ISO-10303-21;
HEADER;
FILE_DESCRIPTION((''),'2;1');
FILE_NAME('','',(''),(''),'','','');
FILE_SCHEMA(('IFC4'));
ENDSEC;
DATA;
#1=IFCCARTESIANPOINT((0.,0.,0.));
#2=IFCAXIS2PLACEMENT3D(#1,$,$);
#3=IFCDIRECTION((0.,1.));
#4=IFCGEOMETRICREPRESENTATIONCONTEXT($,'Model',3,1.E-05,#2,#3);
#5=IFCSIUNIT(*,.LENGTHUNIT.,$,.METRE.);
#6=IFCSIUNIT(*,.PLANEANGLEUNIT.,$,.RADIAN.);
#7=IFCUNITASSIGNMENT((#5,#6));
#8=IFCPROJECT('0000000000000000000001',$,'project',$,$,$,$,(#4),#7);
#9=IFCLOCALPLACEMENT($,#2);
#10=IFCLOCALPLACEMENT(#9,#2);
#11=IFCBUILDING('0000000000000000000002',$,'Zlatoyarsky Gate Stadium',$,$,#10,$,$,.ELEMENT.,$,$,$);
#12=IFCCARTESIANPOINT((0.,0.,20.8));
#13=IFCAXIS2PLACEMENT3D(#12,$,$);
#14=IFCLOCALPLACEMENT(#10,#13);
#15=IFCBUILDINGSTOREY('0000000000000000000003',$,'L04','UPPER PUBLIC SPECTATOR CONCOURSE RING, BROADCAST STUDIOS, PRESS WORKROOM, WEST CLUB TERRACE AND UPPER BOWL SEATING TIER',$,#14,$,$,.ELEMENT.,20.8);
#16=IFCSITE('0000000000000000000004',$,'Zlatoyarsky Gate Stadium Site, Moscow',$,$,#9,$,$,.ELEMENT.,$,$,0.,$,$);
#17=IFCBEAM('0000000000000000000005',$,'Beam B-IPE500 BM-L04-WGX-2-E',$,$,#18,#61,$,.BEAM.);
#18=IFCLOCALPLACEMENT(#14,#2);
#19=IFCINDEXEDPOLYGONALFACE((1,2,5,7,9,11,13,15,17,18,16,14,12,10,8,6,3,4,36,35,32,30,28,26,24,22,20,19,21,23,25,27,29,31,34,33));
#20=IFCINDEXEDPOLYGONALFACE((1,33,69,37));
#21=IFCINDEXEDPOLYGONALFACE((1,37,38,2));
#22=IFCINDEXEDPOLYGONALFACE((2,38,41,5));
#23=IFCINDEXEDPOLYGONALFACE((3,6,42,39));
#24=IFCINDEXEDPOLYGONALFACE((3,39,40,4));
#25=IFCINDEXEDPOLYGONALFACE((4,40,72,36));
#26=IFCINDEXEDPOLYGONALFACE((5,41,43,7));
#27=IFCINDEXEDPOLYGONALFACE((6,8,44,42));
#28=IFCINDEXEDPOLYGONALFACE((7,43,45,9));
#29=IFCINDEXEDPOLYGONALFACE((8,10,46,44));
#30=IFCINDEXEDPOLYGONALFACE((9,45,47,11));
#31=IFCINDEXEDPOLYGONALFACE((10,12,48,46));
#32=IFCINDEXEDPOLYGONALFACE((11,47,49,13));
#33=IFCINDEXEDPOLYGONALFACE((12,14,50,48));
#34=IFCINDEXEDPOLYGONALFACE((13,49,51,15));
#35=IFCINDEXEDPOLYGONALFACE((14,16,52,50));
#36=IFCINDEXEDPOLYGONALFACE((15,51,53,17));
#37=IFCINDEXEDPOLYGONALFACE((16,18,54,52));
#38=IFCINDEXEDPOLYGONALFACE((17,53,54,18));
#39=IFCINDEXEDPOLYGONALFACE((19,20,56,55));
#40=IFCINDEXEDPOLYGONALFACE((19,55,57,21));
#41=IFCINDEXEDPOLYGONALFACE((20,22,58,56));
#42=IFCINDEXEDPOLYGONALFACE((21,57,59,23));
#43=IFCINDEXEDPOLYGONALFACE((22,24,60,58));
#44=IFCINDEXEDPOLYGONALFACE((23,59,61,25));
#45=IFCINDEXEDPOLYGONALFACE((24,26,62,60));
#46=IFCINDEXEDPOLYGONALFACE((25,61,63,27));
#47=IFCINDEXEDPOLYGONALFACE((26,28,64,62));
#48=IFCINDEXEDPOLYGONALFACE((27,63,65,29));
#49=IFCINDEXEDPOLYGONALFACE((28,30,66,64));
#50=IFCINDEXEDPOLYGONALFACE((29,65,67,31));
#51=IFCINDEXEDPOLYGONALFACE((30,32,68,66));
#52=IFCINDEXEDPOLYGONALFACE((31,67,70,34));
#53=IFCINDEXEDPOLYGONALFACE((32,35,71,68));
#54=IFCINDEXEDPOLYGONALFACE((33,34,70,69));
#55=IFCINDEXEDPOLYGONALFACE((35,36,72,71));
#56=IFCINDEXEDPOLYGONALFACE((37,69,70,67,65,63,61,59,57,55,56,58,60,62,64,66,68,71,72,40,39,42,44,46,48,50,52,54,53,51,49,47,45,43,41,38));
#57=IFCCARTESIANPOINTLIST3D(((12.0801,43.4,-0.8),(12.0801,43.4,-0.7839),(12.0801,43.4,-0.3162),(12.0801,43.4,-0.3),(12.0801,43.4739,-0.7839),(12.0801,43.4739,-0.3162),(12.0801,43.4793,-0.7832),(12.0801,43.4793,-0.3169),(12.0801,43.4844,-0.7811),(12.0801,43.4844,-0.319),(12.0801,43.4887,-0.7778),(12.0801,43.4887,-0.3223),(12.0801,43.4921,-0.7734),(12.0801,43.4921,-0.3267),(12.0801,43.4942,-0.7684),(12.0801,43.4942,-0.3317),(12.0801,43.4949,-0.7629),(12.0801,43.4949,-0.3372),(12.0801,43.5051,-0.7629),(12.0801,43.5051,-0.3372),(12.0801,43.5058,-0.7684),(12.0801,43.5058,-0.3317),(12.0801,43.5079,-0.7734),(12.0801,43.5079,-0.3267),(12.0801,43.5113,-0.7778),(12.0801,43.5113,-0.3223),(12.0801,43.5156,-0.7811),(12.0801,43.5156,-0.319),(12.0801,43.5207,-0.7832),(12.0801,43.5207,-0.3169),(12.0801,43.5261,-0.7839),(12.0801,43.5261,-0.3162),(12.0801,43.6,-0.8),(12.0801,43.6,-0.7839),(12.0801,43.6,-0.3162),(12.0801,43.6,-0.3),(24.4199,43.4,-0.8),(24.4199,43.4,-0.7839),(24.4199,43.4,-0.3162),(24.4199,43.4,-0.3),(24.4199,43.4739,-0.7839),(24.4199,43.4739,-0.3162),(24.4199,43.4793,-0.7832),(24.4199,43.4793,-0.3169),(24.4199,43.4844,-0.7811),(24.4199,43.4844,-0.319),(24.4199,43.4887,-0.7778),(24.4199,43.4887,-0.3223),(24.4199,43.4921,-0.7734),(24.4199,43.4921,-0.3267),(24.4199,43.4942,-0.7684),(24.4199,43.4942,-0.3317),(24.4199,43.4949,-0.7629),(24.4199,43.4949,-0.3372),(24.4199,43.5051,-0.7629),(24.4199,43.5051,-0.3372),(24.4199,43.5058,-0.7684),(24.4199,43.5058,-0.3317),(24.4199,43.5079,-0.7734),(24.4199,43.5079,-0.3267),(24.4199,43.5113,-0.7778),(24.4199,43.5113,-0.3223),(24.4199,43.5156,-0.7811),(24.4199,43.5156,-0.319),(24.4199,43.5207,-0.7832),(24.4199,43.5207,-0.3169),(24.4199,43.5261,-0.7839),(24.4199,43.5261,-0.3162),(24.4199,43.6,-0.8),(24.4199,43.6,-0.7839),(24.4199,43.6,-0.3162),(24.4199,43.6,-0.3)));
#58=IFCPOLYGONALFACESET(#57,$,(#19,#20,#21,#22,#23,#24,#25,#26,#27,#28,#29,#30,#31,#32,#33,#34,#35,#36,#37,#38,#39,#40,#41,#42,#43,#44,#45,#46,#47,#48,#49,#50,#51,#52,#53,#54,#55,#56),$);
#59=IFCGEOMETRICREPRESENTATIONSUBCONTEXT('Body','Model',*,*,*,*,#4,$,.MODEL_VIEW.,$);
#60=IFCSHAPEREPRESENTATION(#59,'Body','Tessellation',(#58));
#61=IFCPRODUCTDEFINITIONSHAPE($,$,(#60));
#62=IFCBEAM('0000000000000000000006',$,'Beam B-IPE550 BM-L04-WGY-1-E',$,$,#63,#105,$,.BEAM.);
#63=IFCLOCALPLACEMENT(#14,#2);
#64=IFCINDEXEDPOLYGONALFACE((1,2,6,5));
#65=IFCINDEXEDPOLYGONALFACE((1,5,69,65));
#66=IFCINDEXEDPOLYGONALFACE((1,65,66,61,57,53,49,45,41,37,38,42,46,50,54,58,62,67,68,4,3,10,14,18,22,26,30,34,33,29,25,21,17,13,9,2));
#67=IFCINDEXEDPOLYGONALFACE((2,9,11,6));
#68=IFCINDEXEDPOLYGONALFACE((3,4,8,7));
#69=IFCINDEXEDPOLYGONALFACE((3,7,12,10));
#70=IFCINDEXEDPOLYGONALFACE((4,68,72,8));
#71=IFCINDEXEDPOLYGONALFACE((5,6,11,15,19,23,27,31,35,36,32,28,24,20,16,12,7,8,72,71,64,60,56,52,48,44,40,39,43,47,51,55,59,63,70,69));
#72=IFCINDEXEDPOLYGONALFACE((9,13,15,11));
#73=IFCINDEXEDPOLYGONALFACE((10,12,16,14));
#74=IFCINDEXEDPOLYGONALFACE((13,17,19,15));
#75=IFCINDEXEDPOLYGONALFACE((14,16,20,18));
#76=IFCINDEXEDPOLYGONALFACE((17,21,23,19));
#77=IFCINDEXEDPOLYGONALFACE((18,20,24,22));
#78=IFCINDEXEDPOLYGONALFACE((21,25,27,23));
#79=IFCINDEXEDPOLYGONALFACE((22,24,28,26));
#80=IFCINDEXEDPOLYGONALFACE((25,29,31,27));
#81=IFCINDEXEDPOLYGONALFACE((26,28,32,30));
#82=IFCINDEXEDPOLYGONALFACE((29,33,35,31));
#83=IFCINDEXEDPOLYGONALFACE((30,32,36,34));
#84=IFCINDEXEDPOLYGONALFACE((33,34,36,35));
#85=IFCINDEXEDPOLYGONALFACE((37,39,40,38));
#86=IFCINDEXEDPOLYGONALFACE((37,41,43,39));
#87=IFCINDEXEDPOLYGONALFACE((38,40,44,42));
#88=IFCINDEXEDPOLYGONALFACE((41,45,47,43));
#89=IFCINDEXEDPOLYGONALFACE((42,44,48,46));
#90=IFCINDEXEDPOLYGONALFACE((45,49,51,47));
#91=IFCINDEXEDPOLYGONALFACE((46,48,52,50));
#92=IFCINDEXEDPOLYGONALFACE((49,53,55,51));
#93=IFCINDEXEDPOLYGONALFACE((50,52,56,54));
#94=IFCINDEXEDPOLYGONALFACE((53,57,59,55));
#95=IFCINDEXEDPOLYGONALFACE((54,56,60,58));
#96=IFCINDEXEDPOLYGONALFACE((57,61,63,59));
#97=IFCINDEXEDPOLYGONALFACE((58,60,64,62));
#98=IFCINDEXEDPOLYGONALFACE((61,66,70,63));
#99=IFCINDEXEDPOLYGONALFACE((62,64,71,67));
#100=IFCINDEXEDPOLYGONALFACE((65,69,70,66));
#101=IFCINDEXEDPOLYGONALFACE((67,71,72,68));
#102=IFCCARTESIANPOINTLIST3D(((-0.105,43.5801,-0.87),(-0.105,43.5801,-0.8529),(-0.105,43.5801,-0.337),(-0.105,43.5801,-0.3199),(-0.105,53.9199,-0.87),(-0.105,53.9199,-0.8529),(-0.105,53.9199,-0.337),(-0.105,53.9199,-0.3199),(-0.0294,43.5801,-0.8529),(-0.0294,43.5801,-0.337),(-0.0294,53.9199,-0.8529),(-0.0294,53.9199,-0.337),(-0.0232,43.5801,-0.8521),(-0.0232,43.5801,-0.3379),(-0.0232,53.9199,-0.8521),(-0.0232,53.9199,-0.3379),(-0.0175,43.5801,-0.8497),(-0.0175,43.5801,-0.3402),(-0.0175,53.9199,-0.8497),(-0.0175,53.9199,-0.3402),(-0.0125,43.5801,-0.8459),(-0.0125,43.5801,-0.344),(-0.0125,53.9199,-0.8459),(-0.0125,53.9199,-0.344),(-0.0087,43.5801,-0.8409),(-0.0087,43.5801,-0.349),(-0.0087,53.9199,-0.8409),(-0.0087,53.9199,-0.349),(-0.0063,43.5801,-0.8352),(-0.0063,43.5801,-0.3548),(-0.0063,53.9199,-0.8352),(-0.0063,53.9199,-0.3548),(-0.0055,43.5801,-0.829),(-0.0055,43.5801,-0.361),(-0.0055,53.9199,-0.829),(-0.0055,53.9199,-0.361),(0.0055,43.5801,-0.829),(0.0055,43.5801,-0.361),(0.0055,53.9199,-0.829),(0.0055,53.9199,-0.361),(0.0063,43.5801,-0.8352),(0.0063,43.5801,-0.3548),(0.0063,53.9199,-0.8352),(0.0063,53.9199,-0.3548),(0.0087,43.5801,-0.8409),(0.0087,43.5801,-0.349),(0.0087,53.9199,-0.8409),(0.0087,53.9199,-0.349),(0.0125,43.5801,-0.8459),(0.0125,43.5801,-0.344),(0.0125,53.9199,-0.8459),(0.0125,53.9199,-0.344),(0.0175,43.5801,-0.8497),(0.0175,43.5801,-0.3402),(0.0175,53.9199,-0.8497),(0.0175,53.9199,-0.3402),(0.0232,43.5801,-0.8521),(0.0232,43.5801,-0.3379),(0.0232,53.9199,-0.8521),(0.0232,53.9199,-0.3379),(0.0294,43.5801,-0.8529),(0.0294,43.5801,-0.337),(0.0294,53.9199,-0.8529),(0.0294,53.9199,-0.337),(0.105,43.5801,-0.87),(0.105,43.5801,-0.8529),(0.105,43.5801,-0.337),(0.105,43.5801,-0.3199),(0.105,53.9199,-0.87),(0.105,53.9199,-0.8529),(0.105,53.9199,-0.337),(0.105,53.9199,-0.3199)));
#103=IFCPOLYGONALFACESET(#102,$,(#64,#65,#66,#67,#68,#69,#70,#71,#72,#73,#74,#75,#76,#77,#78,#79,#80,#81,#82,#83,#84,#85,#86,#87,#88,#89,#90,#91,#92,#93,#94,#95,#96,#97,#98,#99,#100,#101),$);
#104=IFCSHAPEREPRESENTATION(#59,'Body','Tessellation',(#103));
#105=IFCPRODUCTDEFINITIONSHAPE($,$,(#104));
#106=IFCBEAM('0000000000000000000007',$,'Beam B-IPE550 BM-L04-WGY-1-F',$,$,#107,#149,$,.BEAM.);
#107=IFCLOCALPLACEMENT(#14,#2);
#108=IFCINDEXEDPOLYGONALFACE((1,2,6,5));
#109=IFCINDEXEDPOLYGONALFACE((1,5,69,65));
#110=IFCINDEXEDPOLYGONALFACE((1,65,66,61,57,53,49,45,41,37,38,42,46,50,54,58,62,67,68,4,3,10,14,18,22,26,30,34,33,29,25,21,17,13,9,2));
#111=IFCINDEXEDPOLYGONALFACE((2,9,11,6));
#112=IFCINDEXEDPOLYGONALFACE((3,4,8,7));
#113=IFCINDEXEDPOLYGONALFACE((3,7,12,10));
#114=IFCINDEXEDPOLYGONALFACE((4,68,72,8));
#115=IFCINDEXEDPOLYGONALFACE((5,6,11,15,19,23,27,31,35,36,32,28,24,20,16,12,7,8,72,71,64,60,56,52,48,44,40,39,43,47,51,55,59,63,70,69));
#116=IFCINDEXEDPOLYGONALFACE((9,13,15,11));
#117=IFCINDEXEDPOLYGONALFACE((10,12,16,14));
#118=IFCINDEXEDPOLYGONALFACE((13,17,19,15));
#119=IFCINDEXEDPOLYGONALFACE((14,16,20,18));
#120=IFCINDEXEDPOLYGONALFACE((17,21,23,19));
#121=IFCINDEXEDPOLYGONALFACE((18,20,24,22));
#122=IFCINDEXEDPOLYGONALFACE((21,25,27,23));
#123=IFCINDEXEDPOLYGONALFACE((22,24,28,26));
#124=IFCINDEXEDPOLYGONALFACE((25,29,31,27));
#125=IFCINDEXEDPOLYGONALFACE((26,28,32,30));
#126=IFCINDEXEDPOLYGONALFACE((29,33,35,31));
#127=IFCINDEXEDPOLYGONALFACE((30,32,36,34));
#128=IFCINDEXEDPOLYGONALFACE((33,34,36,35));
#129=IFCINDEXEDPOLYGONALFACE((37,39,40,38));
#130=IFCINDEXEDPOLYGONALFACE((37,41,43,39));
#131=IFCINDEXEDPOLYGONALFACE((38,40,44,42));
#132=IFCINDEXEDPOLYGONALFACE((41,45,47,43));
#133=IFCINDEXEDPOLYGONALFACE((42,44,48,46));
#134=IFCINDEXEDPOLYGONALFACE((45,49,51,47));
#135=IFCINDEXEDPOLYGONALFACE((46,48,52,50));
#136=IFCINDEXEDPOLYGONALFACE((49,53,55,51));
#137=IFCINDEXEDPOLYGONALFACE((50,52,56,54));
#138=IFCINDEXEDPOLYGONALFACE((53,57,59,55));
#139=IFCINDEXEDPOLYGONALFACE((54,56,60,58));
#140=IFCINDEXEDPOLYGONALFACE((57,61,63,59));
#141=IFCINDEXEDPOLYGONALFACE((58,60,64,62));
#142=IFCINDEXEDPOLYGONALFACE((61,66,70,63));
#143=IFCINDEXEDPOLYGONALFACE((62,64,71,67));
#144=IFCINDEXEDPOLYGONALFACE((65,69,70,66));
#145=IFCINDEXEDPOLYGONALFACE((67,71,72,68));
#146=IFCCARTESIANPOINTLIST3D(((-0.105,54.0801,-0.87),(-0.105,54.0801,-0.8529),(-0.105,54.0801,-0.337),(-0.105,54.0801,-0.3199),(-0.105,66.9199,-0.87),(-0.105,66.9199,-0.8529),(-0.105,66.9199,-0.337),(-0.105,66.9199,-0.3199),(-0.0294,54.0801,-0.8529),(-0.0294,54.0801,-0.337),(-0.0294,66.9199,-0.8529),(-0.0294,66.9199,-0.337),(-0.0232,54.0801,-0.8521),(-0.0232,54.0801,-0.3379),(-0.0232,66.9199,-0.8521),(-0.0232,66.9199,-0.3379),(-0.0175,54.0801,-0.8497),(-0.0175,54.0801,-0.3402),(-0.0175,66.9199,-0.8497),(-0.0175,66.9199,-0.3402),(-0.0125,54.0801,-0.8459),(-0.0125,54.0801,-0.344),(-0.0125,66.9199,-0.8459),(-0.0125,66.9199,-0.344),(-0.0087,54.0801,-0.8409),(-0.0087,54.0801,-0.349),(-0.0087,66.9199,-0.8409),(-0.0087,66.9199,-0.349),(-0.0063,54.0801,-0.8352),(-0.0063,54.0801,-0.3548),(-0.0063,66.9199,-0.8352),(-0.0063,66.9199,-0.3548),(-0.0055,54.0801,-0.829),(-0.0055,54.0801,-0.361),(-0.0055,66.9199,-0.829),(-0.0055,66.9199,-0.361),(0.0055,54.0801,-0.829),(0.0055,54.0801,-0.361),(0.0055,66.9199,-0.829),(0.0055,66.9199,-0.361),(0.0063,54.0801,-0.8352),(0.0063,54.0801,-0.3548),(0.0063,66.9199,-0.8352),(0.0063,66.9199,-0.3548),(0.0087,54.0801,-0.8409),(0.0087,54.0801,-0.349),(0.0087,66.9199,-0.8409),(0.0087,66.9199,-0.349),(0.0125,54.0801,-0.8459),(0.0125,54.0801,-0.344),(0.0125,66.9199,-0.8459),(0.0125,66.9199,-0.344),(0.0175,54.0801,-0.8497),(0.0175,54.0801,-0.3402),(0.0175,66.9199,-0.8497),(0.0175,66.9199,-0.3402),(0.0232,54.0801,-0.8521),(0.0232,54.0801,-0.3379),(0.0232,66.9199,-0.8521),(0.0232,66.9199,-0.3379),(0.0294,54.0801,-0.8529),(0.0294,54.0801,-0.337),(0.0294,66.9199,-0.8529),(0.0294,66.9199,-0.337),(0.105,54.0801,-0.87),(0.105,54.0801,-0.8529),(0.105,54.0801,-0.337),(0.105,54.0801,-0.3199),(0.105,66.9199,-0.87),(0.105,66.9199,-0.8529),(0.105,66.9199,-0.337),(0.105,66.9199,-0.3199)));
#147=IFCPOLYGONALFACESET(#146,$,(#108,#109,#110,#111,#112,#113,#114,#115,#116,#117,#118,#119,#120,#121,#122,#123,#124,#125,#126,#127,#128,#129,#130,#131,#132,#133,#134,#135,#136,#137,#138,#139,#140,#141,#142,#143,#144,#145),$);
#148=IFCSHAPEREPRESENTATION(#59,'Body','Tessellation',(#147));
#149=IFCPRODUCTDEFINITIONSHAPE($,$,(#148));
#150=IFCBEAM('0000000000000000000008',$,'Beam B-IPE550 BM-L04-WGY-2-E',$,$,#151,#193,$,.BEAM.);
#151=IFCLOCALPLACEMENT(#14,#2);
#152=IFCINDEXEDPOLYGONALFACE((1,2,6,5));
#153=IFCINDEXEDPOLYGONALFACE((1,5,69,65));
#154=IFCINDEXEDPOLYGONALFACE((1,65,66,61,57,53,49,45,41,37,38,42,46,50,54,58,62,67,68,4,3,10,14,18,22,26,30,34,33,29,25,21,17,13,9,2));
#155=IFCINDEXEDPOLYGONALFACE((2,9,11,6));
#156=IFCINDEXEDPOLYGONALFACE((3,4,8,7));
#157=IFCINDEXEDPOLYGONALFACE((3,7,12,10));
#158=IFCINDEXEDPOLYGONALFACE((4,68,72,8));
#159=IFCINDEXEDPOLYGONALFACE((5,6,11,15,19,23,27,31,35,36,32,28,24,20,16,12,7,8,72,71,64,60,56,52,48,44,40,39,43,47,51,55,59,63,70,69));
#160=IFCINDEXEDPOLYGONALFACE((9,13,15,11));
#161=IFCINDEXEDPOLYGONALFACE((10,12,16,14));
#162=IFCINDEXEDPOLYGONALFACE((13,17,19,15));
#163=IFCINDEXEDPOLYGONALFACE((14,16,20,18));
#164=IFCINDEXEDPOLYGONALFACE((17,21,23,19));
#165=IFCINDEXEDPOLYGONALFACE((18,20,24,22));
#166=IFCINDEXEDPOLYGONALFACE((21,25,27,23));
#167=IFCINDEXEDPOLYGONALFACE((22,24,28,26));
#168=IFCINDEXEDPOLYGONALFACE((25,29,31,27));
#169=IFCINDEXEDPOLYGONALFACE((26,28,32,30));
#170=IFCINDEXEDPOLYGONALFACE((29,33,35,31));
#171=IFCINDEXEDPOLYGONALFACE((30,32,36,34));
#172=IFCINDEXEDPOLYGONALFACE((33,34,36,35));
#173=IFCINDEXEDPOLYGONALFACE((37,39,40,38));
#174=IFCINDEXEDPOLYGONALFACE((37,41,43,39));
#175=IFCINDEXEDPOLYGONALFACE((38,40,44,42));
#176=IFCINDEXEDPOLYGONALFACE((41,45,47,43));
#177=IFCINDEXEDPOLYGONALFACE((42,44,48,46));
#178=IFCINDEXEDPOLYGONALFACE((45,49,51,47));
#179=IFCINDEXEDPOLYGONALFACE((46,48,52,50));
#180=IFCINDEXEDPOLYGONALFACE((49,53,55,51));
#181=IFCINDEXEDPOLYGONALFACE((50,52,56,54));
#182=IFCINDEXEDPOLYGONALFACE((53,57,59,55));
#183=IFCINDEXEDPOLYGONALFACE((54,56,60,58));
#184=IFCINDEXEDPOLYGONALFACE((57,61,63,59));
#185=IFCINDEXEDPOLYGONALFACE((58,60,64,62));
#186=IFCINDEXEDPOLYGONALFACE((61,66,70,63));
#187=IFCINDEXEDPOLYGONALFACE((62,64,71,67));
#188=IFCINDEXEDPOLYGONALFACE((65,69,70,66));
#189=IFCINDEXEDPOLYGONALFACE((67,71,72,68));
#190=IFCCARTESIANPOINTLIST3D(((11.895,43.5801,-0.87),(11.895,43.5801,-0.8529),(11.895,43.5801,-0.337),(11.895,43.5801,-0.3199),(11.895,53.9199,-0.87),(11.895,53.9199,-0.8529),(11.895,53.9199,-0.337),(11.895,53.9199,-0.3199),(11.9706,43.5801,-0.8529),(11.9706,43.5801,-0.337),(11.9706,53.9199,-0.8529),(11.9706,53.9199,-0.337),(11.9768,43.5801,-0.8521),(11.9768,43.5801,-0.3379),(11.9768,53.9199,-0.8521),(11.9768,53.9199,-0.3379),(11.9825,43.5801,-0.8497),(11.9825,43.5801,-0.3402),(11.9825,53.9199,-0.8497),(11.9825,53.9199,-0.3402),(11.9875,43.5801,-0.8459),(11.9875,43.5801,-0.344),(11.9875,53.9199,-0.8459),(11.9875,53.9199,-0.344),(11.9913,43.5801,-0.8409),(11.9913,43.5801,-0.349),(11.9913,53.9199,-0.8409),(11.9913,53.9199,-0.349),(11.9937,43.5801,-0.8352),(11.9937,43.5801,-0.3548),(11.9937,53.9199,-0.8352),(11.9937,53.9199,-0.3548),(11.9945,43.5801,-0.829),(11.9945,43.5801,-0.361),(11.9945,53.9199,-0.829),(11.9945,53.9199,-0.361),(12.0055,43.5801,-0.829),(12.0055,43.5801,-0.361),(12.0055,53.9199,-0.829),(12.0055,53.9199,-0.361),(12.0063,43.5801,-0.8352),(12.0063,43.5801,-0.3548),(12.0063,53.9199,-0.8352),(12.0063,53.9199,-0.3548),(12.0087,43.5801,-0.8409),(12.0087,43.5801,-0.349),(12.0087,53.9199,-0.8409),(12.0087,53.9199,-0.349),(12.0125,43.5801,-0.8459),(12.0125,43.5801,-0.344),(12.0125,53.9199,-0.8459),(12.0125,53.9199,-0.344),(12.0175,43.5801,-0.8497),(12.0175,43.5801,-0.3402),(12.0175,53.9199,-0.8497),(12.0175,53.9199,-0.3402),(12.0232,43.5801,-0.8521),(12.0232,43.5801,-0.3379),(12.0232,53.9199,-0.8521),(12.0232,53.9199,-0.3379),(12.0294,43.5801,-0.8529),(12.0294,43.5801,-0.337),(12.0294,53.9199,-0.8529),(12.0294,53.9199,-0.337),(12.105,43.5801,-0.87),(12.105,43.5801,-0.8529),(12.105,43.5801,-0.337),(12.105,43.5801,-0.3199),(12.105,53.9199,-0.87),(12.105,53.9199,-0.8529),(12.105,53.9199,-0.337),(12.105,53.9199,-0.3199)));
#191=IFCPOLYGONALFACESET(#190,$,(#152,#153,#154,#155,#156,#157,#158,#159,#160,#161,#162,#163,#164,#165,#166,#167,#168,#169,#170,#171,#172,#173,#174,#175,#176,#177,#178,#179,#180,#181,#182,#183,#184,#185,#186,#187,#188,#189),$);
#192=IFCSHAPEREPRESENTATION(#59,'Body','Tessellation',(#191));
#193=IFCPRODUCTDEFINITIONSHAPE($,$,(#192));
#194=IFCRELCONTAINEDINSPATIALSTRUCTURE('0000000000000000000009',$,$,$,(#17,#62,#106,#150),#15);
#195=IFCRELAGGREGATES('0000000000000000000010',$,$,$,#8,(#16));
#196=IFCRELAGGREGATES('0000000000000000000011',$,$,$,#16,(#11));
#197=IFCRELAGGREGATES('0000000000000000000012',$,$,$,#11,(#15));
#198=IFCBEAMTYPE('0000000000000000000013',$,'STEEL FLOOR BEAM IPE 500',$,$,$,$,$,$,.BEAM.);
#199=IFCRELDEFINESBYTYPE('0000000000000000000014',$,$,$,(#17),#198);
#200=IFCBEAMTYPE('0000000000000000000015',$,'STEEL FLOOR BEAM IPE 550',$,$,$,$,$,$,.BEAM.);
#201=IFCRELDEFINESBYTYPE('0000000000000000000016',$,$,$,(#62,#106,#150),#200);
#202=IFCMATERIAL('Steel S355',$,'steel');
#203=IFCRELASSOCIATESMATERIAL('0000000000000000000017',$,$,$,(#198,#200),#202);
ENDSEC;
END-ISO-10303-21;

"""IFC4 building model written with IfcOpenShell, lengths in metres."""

from ifc_helpers import new_model, si_unit, direction, frame, origin, origin_2d, place, context, subcontext, project, spatial, i_section, extrude, material, material_profile, profile_set, type_object, element, save


model = new_model("IFC4")

# Units and contexts
model_context = context("Model", 3, precision=1e-05, world=origin(), true_north=direction((0.0, 1.0)))
body_context = subcontext(model_context, "Body", "Model", "MODEL_VIEW")
ifc_project = project(units=[si_unit("LENGTHUNIT", "METRE"), si_unit("PLANEANGLEUNIT", "RADIAN")], contexts=[model_context])

# Site, building, storey
site_placement = place(None, origin())
site = spatial("IfcSite", under=ifc_project, at=site_placement, Name="Zlatoyarsky Gate Stadium Site, Moscow", CompositionType="ELEMENT", RefElevation=0.0)
building_placement = place(site_placement, origin())
building = spatial("IfcBuilding", under=site, at=building_placement, Name="Zlatoyarsky Gate Stadium", CompositionType="ELEMENT")
storey_placement = place(building_placement, frame((0.0, 0.0, 20.8)))
storey = spatial("IfcBuildingStorey", under=building, at=storey_placement, Name="L04", Description="UPPER PUBLIC SPECTATOR CONCOURSE RING, BROADCAST STUDIOS, PRESS WORKROOM, WEST CLUB TERRACE AND UPPER BOWL SEATING TIER", CompositionType="ELEMENT", Elevation=20.8)

# Shared definitions
ifc_material_1 = material(Name="Steel S355", Category="steel")

# Beams
ifc_material_profile_1 = material_profile(ifc_material_1, i_section(OverallWidth=0.2, OverallDepth=0.5, WebThickness=0.0103, FlangeThickness=0.0161, FilletRadius=0.021, at=origin_2d()), Name="IPE 500")
ifc_profile_set_1 = profile_set([ifc_material_profile_1], Name="Steel S355")
beam_type_1 = type_object("IfcBeamType", Name="STEEL FLOOR BEAM IPE 500", PredefinedType="BEAM", material=ifc_profile_set_1)
beam_1_placement = place(storey_placement, frame((12.0801, 43.5, -0.55), z_axis=(1.0, 0.0, 0.0), x_axis=(0.0, 1.0, 0.0)))
element("IfcBeam", 1, at=beam_1_placement, inside=storey, type_object=beam_type_1, Name="Beam B-IPE500 BM-L04-WGX-2-E", PredefinedType="BEAM", context=body_context, shape_type="SweptSolid", body=[
    extrude(i_section(OverallWidth=0.2, OverallDepth=0.5, WebThickness=0.0103, FlangeThickness=0.0161, FilletRadius=0.021, at=origin_2d()), origin(), (0.0, 0.0, 1.0), 12.3398),
])
ifc_material_profile_2 = material_profile(ifc_material_1, i_section(OverallWidth=0.21, OverallDepth=0.55, WebThickness=0.011, FlangeThickness=0.0171, FilletRadius=0.0239, at=origin_2d()), Name="IPE 550")
ifc_profile_set_2 = profile_set([ifc_material_profile_2], Name="Steel S355")
beam_type_2 = type_object("IfcBeamType", Name="STEEL FLOOR BEAM IPE 550", PredefinedType="BEAM", material=ifc_profile_set_2)
beam_2_placement = place(storey_placement, frame((0.0, 43.5801, -0.595), z_axis=(0.0, 1.0, 0.0), x_axis=(-1.0, 0.0, 0.0)))
element("IfcBeam", 2, at=beam_2_placement, inside=storey, type_object=beam_type_2, Name="Beam B-IPE550 BM-L04-WGY-1-E", PredefinedType="BEAM", context=body_context, shape_type="SweptSolid", body=[
    extrude(i_section(OverallWidth=0.21, OverallDepth=0.55, WebThickness=0.011, FlangeThickness=0.0171, FilletRadius=0.0239, at=origin_2d()), origin(), (0.0, 0.0, 1.0), 10.3398),
])
beam_3_placement = place(storey_placement, frame((0.0, 54.0801, -0.595), z_axis=(0.0, 1.0, 0.0), x_axis=(-1.0, 0.0, 0.0)))
element("IfcBeam", 3, at=beam_3_placement, inside=storey, type_object=beam_type_2, Name="Beam B-IPE550 BM-L04-WGY-1-F", PredefinedType="BEAM", context=body_context, shape_type="SweptSolid", body=[
    extrude(i_section(OverallWidth=0.21, OverallDepth=0.55, WebThickness=0.011, FlangeThickness=0.0171, FilletRadius=0.0239, at=origin_2d()), origin(), (0.0, 0.0, 1.0), 12.8398),
])
beam_4_placement = place(storey_placement, frame((12.0, 43.5801, -0.595), z_axis=(0.0, 1.0, 0.0), x_axis=(-1.0, 0.0, 0.0)))
element("IfcBeam", 4, at=beam_4_placement, inside=storey, type_object=beam_type_2, Name="Beam B-IPE550 BM-L04-WGY-2-E", PredefinedType="BEAM", context=body_context, shape_type="SweptSolid", body=[
    extrude(i_section(OverallWidth=0.21, OverallDepth=0.55, WebThickness=0.011, FlangeThickness=0.0171, FilletRadius=0.0239, at=origin_2d()), origin(), (0.0, 0.0, 1.0), 10.3398),
])

save(model, "model.ifc")
